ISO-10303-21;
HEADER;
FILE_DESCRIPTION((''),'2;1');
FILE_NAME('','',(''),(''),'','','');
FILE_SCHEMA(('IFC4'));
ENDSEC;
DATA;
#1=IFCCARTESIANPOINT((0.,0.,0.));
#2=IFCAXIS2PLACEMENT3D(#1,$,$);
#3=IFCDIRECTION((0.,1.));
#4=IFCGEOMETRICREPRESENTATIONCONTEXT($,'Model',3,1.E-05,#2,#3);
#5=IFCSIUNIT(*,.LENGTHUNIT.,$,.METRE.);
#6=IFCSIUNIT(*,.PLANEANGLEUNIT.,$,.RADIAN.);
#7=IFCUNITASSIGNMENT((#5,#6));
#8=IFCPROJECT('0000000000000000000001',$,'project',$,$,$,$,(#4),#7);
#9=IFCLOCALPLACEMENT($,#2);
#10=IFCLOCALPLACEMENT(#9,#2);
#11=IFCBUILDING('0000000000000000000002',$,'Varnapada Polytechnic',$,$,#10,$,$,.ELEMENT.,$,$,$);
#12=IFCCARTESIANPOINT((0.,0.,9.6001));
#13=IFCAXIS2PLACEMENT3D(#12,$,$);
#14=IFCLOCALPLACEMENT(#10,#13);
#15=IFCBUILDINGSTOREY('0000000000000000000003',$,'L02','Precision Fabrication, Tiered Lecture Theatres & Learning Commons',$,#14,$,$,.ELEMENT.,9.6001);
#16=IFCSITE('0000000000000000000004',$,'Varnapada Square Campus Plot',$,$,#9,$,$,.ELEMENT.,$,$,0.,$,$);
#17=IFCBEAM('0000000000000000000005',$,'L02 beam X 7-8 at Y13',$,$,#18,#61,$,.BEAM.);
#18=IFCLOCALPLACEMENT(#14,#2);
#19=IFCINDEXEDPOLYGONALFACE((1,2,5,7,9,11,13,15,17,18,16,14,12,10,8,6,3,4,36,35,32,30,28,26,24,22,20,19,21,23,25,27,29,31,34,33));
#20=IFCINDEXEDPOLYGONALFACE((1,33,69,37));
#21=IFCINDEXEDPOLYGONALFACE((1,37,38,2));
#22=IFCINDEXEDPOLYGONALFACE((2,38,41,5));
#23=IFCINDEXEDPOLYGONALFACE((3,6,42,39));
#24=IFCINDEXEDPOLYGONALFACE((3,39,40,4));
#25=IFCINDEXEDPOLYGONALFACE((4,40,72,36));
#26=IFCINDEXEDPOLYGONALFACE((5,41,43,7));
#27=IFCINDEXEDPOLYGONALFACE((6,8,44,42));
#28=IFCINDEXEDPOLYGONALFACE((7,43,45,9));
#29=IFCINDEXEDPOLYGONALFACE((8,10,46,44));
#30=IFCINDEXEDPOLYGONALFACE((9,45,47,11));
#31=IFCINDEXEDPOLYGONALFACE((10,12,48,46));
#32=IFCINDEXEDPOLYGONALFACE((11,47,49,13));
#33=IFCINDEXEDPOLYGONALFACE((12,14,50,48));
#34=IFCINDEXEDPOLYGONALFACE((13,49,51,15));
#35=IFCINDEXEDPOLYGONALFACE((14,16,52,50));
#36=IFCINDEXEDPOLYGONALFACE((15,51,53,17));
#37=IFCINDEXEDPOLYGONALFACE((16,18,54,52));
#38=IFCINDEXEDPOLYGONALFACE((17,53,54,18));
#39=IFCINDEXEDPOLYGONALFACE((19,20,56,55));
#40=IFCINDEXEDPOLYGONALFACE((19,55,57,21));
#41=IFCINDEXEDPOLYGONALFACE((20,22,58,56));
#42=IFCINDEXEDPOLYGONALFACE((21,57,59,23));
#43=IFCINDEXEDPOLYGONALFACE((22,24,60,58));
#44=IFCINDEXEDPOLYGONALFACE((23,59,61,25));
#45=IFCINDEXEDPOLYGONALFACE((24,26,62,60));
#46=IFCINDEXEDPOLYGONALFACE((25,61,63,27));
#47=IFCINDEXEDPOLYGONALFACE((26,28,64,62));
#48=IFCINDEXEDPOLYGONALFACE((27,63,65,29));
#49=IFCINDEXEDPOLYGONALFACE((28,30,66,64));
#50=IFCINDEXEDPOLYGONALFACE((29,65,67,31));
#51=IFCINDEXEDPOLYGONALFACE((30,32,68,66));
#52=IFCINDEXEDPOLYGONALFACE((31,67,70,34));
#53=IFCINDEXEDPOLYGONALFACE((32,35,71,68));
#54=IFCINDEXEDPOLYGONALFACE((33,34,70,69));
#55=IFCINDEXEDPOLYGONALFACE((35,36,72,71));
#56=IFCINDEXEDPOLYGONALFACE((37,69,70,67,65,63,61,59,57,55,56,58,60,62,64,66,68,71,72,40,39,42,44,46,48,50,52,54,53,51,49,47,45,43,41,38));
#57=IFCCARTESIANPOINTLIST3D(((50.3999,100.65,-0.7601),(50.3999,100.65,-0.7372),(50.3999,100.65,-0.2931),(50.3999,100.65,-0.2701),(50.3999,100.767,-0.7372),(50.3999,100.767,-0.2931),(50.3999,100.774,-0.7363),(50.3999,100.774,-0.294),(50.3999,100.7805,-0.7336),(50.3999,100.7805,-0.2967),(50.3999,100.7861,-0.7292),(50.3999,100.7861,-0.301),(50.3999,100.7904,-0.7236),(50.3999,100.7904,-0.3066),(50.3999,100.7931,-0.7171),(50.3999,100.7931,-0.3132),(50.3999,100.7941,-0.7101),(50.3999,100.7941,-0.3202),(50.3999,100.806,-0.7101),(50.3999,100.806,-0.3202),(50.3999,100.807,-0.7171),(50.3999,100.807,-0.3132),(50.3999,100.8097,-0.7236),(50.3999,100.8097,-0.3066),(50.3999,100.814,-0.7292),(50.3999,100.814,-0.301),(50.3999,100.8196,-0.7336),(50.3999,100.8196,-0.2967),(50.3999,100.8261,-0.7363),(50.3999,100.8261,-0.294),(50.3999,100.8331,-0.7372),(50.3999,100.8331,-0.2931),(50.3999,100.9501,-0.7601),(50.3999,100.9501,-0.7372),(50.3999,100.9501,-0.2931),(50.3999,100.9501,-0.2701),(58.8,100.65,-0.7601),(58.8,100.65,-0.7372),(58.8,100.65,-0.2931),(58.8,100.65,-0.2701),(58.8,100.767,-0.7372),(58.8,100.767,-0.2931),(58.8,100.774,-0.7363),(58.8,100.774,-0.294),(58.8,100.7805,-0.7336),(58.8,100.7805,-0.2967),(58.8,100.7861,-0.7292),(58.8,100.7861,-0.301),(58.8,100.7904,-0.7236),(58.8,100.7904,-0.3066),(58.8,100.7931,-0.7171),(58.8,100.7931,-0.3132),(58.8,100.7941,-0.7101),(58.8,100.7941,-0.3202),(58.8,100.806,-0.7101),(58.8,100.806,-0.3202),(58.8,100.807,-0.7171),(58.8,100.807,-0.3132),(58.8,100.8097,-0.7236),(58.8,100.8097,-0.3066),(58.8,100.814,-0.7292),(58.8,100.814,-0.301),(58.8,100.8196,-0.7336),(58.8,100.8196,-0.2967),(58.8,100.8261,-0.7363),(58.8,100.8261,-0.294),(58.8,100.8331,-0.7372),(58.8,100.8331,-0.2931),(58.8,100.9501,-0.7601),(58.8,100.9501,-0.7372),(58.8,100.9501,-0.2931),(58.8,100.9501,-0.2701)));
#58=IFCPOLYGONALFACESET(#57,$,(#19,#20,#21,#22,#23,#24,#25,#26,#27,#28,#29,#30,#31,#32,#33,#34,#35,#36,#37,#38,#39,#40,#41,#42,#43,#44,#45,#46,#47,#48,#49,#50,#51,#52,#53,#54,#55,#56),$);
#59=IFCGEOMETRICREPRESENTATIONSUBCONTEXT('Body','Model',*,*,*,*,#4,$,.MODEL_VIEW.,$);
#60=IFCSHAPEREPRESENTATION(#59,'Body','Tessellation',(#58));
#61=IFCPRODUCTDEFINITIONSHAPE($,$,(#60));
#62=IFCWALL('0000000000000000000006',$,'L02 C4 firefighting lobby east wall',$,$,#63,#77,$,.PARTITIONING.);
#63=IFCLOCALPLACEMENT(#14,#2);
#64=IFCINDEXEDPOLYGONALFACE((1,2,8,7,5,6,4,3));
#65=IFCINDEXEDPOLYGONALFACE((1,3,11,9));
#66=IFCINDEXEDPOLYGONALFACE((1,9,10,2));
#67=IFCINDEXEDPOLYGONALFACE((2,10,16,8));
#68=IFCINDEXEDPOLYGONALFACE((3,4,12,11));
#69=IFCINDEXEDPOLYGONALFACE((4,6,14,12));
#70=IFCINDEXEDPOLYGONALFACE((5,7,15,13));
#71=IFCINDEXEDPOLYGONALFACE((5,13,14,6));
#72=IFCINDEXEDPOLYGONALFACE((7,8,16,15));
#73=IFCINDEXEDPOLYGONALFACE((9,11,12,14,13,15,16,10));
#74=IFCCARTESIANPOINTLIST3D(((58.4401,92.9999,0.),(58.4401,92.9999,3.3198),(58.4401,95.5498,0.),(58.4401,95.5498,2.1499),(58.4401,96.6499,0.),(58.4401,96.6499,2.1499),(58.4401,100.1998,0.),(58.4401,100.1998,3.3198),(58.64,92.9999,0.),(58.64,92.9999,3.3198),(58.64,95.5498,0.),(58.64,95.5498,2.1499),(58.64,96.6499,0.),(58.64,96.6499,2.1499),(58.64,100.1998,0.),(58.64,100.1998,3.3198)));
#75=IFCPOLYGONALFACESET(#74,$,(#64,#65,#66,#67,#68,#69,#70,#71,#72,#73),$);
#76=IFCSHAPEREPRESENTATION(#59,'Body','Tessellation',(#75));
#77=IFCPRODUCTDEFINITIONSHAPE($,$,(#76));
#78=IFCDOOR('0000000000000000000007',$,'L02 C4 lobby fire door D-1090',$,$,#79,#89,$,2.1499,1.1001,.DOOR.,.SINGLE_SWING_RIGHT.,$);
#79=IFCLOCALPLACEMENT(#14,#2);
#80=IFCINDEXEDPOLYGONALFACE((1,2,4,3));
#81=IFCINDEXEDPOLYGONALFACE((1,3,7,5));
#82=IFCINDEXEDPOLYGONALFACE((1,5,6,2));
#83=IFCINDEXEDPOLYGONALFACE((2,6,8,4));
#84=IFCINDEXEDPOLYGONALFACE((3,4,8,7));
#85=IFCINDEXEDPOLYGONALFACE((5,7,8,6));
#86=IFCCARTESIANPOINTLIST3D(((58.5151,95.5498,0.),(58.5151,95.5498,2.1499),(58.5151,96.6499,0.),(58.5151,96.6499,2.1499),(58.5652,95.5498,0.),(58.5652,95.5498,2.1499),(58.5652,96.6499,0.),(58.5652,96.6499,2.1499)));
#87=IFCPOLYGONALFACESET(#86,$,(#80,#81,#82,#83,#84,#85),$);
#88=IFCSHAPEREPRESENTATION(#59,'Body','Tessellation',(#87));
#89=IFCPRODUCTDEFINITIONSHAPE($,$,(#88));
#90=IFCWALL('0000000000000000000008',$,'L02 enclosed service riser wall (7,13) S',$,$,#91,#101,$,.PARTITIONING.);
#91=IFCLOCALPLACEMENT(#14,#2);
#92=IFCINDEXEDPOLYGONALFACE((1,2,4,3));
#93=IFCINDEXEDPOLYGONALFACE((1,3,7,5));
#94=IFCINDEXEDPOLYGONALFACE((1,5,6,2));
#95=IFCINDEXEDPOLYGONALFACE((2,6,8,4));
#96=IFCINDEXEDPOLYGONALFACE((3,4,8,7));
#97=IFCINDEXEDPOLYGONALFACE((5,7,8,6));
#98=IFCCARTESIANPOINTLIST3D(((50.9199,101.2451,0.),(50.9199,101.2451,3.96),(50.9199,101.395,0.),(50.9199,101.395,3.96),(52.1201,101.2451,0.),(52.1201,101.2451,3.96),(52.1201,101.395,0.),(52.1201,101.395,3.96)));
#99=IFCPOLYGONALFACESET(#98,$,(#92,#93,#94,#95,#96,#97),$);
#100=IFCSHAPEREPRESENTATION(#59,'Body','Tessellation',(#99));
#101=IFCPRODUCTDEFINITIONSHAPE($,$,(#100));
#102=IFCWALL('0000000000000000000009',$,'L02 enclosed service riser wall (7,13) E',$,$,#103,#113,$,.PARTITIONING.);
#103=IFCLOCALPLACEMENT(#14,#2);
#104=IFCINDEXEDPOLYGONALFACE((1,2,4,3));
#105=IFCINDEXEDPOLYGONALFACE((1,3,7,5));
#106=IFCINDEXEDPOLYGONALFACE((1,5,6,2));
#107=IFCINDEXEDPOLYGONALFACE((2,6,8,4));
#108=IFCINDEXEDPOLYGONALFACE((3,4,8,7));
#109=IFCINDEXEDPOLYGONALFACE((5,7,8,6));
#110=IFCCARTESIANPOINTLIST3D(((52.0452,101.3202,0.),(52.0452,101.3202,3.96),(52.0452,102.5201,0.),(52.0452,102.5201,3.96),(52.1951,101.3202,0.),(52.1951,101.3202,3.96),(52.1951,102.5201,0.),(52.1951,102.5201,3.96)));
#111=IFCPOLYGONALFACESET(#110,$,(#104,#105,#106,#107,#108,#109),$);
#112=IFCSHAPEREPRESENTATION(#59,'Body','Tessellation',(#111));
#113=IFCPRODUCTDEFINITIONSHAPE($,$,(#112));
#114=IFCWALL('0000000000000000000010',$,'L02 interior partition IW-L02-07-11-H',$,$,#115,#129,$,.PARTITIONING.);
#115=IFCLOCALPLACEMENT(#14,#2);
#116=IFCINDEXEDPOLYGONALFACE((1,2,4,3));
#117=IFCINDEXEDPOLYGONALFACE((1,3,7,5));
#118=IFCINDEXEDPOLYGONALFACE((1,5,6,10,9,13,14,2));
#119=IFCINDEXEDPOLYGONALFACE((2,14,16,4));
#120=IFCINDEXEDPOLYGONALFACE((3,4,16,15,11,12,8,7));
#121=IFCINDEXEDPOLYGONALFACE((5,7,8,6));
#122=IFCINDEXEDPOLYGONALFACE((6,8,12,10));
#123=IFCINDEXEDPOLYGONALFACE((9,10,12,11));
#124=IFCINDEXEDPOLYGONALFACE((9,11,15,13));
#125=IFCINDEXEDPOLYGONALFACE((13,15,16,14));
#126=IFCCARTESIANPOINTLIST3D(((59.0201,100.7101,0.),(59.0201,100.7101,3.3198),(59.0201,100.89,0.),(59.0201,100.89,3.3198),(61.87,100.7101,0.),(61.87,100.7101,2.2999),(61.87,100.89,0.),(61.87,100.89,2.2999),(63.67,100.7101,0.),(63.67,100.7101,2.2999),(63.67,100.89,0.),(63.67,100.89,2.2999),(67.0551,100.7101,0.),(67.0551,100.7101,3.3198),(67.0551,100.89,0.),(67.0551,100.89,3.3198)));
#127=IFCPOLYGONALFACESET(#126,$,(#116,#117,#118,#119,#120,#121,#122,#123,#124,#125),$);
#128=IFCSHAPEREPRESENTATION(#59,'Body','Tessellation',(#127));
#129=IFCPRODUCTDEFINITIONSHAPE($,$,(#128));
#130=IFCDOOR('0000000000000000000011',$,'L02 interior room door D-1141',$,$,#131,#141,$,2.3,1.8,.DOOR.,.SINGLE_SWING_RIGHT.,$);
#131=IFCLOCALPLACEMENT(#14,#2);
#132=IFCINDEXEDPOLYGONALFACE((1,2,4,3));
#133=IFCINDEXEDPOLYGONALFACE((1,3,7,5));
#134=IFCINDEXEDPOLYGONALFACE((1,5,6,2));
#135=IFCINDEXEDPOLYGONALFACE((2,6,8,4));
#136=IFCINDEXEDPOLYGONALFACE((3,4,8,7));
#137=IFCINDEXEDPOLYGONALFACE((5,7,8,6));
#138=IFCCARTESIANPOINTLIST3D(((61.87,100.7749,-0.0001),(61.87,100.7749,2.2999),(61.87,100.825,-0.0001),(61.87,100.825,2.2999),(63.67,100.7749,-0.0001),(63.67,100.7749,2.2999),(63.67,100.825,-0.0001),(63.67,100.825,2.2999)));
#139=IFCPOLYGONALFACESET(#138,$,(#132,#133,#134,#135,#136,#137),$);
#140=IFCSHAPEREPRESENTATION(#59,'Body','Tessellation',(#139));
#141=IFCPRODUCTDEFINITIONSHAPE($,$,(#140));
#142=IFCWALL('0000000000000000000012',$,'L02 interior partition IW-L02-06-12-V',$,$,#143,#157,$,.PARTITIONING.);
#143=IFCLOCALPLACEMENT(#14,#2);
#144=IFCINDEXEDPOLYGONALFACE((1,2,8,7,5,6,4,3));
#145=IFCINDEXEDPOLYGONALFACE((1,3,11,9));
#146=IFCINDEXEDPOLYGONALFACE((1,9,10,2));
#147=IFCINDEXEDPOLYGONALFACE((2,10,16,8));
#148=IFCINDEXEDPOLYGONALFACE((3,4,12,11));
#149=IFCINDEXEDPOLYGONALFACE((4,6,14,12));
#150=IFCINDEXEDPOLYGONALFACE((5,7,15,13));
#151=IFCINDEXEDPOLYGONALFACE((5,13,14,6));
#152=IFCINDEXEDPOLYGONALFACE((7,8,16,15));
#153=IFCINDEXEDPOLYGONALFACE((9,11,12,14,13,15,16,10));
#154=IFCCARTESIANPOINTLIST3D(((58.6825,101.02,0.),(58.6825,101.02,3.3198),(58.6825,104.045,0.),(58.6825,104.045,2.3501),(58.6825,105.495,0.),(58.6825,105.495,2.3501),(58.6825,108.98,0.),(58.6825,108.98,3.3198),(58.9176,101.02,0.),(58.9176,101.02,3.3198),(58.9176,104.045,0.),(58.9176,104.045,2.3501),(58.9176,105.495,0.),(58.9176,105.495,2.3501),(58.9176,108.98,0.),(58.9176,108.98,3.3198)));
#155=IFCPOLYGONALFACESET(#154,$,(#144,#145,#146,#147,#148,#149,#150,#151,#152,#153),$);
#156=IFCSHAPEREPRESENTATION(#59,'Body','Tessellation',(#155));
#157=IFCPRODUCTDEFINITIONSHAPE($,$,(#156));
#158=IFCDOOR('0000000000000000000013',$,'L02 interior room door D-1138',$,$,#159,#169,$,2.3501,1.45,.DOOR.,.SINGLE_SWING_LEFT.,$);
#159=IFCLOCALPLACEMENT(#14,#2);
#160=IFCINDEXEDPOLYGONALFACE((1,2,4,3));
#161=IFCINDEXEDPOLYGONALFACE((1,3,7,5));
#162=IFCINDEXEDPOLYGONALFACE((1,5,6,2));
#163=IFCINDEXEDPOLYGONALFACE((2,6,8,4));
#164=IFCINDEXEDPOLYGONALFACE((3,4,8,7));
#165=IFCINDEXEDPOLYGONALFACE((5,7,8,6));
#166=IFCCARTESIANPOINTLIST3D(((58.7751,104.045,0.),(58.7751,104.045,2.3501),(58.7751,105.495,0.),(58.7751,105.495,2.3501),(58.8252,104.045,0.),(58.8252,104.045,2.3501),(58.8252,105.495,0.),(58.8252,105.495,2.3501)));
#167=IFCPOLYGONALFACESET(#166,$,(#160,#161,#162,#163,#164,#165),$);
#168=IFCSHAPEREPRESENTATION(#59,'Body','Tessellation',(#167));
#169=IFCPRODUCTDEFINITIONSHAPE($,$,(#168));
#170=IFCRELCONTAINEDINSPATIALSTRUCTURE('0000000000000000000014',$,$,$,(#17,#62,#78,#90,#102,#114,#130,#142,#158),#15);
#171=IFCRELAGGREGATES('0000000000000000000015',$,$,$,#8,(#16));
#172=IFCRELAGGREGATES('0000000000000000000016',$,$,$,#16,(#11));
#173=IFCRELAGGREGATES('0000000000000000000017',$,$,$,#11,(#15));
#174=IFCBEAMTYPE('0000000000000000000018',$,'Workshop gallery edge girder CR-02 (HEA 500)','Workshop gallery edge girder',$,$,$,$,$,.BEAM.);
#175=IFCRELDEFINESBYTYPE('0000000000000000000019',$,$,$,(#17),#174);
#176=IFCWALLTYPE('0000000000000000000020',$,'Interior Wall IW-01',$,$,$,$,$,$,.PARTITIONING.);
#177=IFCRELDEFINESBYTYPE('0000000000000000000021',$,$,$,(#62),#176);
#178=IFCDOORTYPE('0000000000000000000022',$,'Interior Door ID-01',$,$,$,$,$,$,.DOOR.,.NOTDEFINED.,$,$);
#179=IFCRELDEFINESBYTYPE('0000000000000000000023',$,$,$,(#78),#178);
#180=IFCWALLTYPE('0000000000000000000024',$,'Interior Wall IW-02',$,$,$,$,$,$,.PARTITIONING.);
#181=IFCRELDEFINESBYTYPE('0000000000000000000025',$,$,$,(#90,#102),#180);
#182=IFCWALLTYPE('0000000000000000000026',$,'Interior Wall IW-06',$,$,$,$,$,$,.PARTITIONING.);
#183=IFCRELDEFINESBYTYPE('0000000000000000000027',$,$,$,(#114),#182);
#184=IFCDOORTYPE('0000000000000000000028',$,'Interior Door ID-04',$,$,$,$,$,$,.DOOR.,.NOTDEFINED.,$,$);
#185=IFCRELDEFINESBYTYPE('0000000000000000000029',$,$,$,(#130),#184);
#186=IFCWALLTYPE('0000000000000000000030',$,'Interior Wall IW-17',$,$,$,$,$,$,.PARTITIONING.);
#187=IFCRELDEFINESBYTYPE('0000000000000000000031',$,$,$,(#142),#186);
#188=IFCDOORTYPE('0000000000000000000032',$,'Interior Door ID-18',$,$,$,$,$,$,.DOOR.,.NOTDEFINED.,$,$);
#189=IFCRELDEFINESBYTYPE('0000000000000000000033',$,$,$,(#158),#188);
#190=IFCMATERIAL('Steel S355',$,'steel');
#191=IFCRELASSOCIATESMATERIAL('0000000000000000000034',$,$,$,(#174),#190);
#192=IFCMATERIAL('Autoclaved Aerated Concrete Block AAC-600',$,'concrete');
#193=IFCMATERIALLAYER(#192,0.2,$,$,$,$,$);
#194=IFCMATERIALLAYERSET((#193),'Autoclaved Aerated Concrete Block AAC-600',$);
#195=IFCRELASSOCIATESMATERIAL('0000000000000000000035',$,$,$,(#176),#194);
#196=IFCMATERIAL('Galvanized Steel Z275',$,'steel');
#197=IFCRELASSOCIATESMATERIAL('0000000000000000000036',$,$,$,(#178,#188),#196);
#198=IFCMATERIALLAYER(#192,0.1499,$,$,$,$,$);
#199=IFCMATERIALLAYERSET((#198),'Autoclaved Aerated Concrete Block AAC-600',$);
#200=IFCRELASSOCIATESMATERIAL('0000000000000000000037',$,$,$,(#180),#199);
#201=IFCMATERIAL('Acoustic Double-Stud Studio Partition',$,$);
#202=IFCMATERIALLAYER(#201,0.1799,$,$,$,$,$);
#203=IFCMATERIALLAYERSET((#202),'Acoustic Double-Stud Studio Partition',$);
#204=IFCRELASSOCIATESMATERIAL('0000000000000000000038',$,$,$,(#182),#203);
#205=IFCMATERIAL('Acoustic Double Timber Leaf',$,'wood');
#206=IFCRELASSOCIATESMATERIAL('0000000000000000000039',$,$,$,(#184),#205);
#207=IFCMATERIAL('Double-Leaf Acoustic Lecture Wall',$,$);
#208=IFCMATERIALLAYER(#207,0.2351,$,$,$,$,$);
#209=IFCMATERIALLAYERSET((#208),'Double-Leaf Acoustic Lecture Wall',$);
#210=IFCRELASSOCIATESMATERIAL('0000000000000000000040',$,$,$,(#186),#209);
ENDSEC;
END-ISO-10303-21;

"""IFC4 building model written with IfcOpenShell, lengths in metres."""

from ifc_helpers import new_model, si_unit, direction, frame, frame_2d, origin, origin_2d, place, context, subcontext, project, spatial, rectangle, i_section, extrude, material, layer, layer_set, material_profile, profile_set, type_object, element, fill, save


model = new_model("IFC4")

# Units and contexts
model_context = context("Model", 3, precision=1e-05, world=origin(), true_north=direction((0.0, 1.0)))
body_context = subcontext(model_context, "Body", "Model", "MODEL_VIEW")
ifc_project = project(units=[si_unit("LENGTHUNIT", "METRE"), si_unit("PLANEANGLEUNIT", "RADIAN")], contexts=[model_context])

# Site, building, storey
site_placement = place(None, origin())
site = spatial("IfcSite", under=ifc_project, at=site_placement, Name="Varnapada Square Campus Plot", CompositionType="ELEMENT", RefElevation=0.0)
building_placement = place(site_placement, origin())
building = spatial("IfcBuilding", under=site, at=building_placement, Name="Varnapada Polytechnic", CompositionType="ELEMENT")
storey_placement = place(building_placement, frame((0.0, 0.0, 9.6001)))
storey = spatial("IfcBuildingStorey", under=building, at=storey_placement, Name="L02", Description="Precision Fabrication, Tiered Lecture Theatres & Learning Commons", CompositionType="ELEMENT", Elevation=9.6001)

# Shared definitions
ifc_material_1 = material(Name="Steel S355", Category="steel")

# Beam
ifc_material_profile_1 = material_profile(ifc_material_1, i_section(OverallWidth=0.3, OverallDepth=0.49, WebThickness=0.012, FlangeThickness=0.0229, FilletRadius=0.0271, at=origin_2d()), Name="HEA 500")
ifc_profile_set_1 = profile_set([ifc_material_profile_1], Name="Steel S355")
beam_type_1 = type_object("IfcBeamType", Name="Workshop gallery edge girder CR-02 (HEA 500)", Description="Workshop gallery edge girder", PredefinedType="BEAM", material=ifc_profile_set_1)
beam_placement = place(storey_placement, frame((50.3999, 100.8, -0.5151), z_axis=(1.0, 0.0, 0.0), x_axis=(0.0, 1.0, 0.0)))
element("IfcBeam", 1, at=beam_placement, inside=storey, type_object=beam_type_1, Name="L02 beam X 7-8 at Y13", PredefinedType="BEAM", context=body_context, shape_type="SweptSolid", body=[
    extrude(i_section(OverallWidth=0.3, OverallDepth=0.49, WebThickness=0.012, FlangeThickness=0.0229, FilletRadius=0.0271, at=origin_2d()), origin(), (0.0, 0.0, 1.0), 8.4001),
])

# Wall, opening, door
ifc_material_2 = material(Name="Autoclaved Aerated Concrete Block AAC-600", Category="concrete")
ifc_layer_1 = layer(ifc_material_2, 0.2)
ifc_layer_set_1 = layer_set([ifc_layer_1], Name="Autoclaved Aerated Concrete Block AAC-600")
wall_type_1 = type_object("IfcWallType", Name="Interior Wall IW-01", PredefinedType="PARTITIONING", material=ifc_layer_set_1)
wall_1_placement = place(storey_placement, frame((58.54, 100.2, 0.0), z_axis=(0.0, 0.0, 1.0), x_axis=(0.0, -1.0, 0.0)))
wall_1 = element("IfcWall", 2, at=wall_1_placement, inside=storey, type_object=wall_type_1, Name="L02 C4 firefighting lobby east wall", PredefinedType="PARTITIONING", context=body_context, shape_type="SweptSolid", body=[
    extrude(rectangle(XDim=7.2, YDim=0.2, at=frame_2d((3.6001, 0.0))), origin(), (0.0, 0.0, 1.0), 3.3198),
])
opening_1_placement = place(wall_1_placement, frame((3.55, 0.0, 0.0)))
opening_1 = element("IfcOpeningElement", 3, at=opening_1_placement, cuts=wall_1, PredefinedType="OPENING", context=body_context, shape_type="SweptSolid", body=[
    extrude(rectangle(XDim=1.1001, YDim=2.1499, at=frame_2d((0.55, 1.075))), frame((0.0, 0.1099, 0.0), z_axis=(0.0, -1.0, 0.0), x_axis=(1.0, 0.0, 0.0)), (0.0, 0.0, 1.0), 0.22),
])
ifc_material_3 = material(Name="Galvanized Steel Z275", Category="steel")
door_type_1 = type_object("IfcDoorType", Name="Interior Door ID-01", OperationType="NOTDEFINED", PredefinedType="DOOR", material=ifc_material_3)
door_1_placement = place(opening_1_placement, frame((1.1001, 0.0, 0.0), z_axis=(0.0, 0.0, 1.0), x_axis=(-1.0, 0.0, 0.0)))
door_1 = element("IfcDoor", 4, at=door_1_placement, inside=storey, type_object=door_type_1, Name="L02 C4 lobby fire door D-1090", OperationType="SINGLE_SWING_RIGHT", OverallHeight=2.1499, OverallWidth=1.1001, PredefinedType="DOOR", context=body_context, shape_type="SweptSolid", body=[
    extrude(rectangle(XDim=1.1001, YDim=2.1499, at=frame_2d((0.55, 1.075))), frame((0.0, 0.0249, 0.0), z_axis=(0.0, -1.0, 0.0), x_axis=(1.0, 0.0, 0.0)), (0.0, 0.0, 1.0), 0.05),
])
fill(opening_1, door_1)

# Walls
ifc_layer_2 = layer(ifc_material_2, 0.1499)
ifc_layer_set_2 = layer_set([ifc_layer_2], Name="Autoclaved Aerated Concrete Block AAC-600")
wall_type_2 = type_object("IfcWallType", Name="Interior Wall IW-02", PredefinedType="PARTITIONING", material=ifc_layer_set_2)
wall_2_placement = place(storey_placement, frame((50.9199, 101.3201, 0.0), z_axis=(0.0, 0.0, 1.0), x_axis=(1.0, 0.0, 0.0)))
element("IfcWall", 5, at=wall_2_placement, inside=storey, type_object=wall_type_2, Name="L02 enclosed service riser wall (7,13) S", PredefinedType="PARTITIONING", context=body_context, shape_type="SweptSolid", body=[
    extrude(rectangle(XDim=1.2002, YDim=0.1499, at=frame_2d((0.6001, 0.0))), origin(), (0.0, 0.0, 1.0), 3.96),
])
wall_3_placement = place(storey_placement, frame((52.1201, 101.3201, 0.0), z_axis=(0.0, 0.0, 1.0), x_axis=(0.0, 1.0, 0.0)))
element("IfcWall", 6, at=wall_3_placement, inside=storey, type_object=wall_type_2, Name="L02 enclosed service riser wall (7,13) E", PredefinedType="PARTITIONING", context=body_context, shape_type="SweptSolid", body=[
    extrude(rectangle(XDim=1.2, YDim=0.1499, at=frame_2d((0.6001, 0.0))), origin(), (0.0, 0.0, 1.0), 3.96),
])

# Walls, openings, doors
ifc_material_4 = material(Name="Acoustic Double-Stud Studio Partition")
ifc_layer_3 = layer(ifc_material_4, 0.1799)
ifc_layer_set_3 = layer_set([ifc_layer_3], Name="Acoustic Double-Stud Studio Partition")
wall_type_3 = type_object("IfcWallType", Name="Interior Wall IW-06", PredefinedType="PARTITIONING", material=ifc_layer_set_3)
wall_4_placement = place(storey_placement, frame((59.02, 100.8, 0.0), z_axis=(0.0, 0.0, 1.0), x_axis=(1.0, 0.0, 0.0)))
wall_4 = element("IfcWall", 7, at=wall_4_placement, inside=storey, type_object=wall_type_3, Name="L02 interior partition IW-L02-07-11-H", PredefinedType="PARTITIONING", context=body_context, shape_type="SweptSolid", body=[
    extrude(rectangle(XDim=8.0349, YDim=0.1799, at=frame_2d((4.0176, 0.0))), origin(), (0.0, 0.0, 1.0), 3.3198),
])
opening_2_placement = place(wall_4_placement, frame((2.8501, 0.0, 0.0)))
opening_2 = element("IfcOpeningElement", 8, at=opening_2_placement, cuts=wall_4, PredefinedType="OPENING", context=body_context, shape_type="SweptSolid", body=[
    extrude(rectangle(XDim=1.8, YDim=2.3, at=frame_2d((0.8999, 1.1499))), frame((0.0, 0.0999, 0.0), z_axis=(0.0, -1.0, 0.0), x_axis=(1.0, 0.0, 0.0)), (0.0, 0.0, 1.0), 0.2),
])
ifc_material_5 = material(Name="Acoustic Double Timber Leaf", Category="wood")
door_type_2 = type_object("IfcDoorType", Name="Interior Door ID-04", OperationType="NOTDEFINED", PredefinedType="DOOR", material=ifc_material_5)
door_2_placement = place(opening_2_placement, origin())
door_2 = element("IfcDoor", 9, at=door_2_placement, inside=storey, type_object=door_type_2, Name="L02 interior room door D-1141", OperationType="SINGLE_SWING_RIGHT", OverallHeight=2.3, OverallWidth=1.8, PredefinedType="DOOR", context=body_context, shape_type="SweptSolid", body=[
    extrude(rectangle(XDim=1.8, YDim=2.3, at=frame_2d((0.8999, 1.1499))), frame((0.0, 0.0249, 0.0), z_axis=(0.0, -1.0, 0.0), x_axis=(1.0, 0.0, 0.0)), (0.0, 0.0, 1.0), 0.05),
])
fill(opening_2, door_2)
ifc_material_6 = material(Name="Double-Leaf Acoustic Lecture Wall")
ifc_layer_4 = layer(ifc_material_6, 0.2351)
ifc_layer_set_4 = layer_set([ifc_layer_4], Name="Double-Leaf Acoustic Lecture Wall")
wall_type_4 = type_object("IfcWallType", Name="Interior Wall IW-17", PredefinedType="PARTITIONING", material=ifc_layer_set_4)
wall_5_placement = place(storey_placement, frame((58.8, 101.02, 0.0), z_axis=(0.0, 0.0, 1.0), x_axis=(0.0, 1.0, 0.0)))
wall_5 = element("IfcWall", 10, at=wall_5_placement, inside=storey, type_object=wall_type_4, Name="L02 interior partition IW-L02-06-12-V", PredefinedType="PARTITIONING", context=body_context, shape_type="SweptSolid", body=[
    extrude(rectangle(XDim=7.96, YDim=0.2351, at=frame_2d((3.98, 0.0))), origin(), (0.0, 0.0, 1.0), 3.3198),
])
opening_3_placement = place(wall_5_placement, frame((3.0249, 0.0, 0.0)))
opening_3 = element("IfcOpeningElement", 11, at=opening_3_placement, cuts=wall_5, PredefinedType="OPENING", context=body_context, shape_type="SweptSolid", body=[
    extrude(rectangle(XDim=1.45, YDim=2.3501, at=frame_2d((0.7251, 1.175))), frame((0.0, 0.1274, 0.0), z_axis=(0.0, -1.0, 0.0), x_axis=(1.0, 0.0, 0.0)), (0.0, 0.0, 1.0), 0.2551),
])
door_type_3 = type_object("IfcDoorType", Name="Interior Door ID-18", OperationType="NOTDEFINED", PredefinedType="DOOR", material=ifc_material_3)
door_3_placement = place(opening_3_placement, origin())
door_3 = element("IfcDoor", 12, at=door_3_placement, inside=storey, type_object=door_type_3, Name="L02 interior room door D-1138", OperationType="SINGLE_SWING_LEFT", OverallHeight=2.3501, OverallWidth=1.45, PredefinedType="DOOR", context=body_context, shape_type="SweptSolid", body=[
    extrude(rectangle(XDim=1.45, YDim=2.3501, at=frame_2d((0.7251, 1.175))), frame((0.0, 0.0249, 0.0), z_axis=(0.0, -1.0, 0.0), x_axis=(1.0, 0.0, 0.0)), (0.0, 0.0, 1.0), 0.05),
])
fill(opening_3, door_3)

save(model, "model.ifc")
